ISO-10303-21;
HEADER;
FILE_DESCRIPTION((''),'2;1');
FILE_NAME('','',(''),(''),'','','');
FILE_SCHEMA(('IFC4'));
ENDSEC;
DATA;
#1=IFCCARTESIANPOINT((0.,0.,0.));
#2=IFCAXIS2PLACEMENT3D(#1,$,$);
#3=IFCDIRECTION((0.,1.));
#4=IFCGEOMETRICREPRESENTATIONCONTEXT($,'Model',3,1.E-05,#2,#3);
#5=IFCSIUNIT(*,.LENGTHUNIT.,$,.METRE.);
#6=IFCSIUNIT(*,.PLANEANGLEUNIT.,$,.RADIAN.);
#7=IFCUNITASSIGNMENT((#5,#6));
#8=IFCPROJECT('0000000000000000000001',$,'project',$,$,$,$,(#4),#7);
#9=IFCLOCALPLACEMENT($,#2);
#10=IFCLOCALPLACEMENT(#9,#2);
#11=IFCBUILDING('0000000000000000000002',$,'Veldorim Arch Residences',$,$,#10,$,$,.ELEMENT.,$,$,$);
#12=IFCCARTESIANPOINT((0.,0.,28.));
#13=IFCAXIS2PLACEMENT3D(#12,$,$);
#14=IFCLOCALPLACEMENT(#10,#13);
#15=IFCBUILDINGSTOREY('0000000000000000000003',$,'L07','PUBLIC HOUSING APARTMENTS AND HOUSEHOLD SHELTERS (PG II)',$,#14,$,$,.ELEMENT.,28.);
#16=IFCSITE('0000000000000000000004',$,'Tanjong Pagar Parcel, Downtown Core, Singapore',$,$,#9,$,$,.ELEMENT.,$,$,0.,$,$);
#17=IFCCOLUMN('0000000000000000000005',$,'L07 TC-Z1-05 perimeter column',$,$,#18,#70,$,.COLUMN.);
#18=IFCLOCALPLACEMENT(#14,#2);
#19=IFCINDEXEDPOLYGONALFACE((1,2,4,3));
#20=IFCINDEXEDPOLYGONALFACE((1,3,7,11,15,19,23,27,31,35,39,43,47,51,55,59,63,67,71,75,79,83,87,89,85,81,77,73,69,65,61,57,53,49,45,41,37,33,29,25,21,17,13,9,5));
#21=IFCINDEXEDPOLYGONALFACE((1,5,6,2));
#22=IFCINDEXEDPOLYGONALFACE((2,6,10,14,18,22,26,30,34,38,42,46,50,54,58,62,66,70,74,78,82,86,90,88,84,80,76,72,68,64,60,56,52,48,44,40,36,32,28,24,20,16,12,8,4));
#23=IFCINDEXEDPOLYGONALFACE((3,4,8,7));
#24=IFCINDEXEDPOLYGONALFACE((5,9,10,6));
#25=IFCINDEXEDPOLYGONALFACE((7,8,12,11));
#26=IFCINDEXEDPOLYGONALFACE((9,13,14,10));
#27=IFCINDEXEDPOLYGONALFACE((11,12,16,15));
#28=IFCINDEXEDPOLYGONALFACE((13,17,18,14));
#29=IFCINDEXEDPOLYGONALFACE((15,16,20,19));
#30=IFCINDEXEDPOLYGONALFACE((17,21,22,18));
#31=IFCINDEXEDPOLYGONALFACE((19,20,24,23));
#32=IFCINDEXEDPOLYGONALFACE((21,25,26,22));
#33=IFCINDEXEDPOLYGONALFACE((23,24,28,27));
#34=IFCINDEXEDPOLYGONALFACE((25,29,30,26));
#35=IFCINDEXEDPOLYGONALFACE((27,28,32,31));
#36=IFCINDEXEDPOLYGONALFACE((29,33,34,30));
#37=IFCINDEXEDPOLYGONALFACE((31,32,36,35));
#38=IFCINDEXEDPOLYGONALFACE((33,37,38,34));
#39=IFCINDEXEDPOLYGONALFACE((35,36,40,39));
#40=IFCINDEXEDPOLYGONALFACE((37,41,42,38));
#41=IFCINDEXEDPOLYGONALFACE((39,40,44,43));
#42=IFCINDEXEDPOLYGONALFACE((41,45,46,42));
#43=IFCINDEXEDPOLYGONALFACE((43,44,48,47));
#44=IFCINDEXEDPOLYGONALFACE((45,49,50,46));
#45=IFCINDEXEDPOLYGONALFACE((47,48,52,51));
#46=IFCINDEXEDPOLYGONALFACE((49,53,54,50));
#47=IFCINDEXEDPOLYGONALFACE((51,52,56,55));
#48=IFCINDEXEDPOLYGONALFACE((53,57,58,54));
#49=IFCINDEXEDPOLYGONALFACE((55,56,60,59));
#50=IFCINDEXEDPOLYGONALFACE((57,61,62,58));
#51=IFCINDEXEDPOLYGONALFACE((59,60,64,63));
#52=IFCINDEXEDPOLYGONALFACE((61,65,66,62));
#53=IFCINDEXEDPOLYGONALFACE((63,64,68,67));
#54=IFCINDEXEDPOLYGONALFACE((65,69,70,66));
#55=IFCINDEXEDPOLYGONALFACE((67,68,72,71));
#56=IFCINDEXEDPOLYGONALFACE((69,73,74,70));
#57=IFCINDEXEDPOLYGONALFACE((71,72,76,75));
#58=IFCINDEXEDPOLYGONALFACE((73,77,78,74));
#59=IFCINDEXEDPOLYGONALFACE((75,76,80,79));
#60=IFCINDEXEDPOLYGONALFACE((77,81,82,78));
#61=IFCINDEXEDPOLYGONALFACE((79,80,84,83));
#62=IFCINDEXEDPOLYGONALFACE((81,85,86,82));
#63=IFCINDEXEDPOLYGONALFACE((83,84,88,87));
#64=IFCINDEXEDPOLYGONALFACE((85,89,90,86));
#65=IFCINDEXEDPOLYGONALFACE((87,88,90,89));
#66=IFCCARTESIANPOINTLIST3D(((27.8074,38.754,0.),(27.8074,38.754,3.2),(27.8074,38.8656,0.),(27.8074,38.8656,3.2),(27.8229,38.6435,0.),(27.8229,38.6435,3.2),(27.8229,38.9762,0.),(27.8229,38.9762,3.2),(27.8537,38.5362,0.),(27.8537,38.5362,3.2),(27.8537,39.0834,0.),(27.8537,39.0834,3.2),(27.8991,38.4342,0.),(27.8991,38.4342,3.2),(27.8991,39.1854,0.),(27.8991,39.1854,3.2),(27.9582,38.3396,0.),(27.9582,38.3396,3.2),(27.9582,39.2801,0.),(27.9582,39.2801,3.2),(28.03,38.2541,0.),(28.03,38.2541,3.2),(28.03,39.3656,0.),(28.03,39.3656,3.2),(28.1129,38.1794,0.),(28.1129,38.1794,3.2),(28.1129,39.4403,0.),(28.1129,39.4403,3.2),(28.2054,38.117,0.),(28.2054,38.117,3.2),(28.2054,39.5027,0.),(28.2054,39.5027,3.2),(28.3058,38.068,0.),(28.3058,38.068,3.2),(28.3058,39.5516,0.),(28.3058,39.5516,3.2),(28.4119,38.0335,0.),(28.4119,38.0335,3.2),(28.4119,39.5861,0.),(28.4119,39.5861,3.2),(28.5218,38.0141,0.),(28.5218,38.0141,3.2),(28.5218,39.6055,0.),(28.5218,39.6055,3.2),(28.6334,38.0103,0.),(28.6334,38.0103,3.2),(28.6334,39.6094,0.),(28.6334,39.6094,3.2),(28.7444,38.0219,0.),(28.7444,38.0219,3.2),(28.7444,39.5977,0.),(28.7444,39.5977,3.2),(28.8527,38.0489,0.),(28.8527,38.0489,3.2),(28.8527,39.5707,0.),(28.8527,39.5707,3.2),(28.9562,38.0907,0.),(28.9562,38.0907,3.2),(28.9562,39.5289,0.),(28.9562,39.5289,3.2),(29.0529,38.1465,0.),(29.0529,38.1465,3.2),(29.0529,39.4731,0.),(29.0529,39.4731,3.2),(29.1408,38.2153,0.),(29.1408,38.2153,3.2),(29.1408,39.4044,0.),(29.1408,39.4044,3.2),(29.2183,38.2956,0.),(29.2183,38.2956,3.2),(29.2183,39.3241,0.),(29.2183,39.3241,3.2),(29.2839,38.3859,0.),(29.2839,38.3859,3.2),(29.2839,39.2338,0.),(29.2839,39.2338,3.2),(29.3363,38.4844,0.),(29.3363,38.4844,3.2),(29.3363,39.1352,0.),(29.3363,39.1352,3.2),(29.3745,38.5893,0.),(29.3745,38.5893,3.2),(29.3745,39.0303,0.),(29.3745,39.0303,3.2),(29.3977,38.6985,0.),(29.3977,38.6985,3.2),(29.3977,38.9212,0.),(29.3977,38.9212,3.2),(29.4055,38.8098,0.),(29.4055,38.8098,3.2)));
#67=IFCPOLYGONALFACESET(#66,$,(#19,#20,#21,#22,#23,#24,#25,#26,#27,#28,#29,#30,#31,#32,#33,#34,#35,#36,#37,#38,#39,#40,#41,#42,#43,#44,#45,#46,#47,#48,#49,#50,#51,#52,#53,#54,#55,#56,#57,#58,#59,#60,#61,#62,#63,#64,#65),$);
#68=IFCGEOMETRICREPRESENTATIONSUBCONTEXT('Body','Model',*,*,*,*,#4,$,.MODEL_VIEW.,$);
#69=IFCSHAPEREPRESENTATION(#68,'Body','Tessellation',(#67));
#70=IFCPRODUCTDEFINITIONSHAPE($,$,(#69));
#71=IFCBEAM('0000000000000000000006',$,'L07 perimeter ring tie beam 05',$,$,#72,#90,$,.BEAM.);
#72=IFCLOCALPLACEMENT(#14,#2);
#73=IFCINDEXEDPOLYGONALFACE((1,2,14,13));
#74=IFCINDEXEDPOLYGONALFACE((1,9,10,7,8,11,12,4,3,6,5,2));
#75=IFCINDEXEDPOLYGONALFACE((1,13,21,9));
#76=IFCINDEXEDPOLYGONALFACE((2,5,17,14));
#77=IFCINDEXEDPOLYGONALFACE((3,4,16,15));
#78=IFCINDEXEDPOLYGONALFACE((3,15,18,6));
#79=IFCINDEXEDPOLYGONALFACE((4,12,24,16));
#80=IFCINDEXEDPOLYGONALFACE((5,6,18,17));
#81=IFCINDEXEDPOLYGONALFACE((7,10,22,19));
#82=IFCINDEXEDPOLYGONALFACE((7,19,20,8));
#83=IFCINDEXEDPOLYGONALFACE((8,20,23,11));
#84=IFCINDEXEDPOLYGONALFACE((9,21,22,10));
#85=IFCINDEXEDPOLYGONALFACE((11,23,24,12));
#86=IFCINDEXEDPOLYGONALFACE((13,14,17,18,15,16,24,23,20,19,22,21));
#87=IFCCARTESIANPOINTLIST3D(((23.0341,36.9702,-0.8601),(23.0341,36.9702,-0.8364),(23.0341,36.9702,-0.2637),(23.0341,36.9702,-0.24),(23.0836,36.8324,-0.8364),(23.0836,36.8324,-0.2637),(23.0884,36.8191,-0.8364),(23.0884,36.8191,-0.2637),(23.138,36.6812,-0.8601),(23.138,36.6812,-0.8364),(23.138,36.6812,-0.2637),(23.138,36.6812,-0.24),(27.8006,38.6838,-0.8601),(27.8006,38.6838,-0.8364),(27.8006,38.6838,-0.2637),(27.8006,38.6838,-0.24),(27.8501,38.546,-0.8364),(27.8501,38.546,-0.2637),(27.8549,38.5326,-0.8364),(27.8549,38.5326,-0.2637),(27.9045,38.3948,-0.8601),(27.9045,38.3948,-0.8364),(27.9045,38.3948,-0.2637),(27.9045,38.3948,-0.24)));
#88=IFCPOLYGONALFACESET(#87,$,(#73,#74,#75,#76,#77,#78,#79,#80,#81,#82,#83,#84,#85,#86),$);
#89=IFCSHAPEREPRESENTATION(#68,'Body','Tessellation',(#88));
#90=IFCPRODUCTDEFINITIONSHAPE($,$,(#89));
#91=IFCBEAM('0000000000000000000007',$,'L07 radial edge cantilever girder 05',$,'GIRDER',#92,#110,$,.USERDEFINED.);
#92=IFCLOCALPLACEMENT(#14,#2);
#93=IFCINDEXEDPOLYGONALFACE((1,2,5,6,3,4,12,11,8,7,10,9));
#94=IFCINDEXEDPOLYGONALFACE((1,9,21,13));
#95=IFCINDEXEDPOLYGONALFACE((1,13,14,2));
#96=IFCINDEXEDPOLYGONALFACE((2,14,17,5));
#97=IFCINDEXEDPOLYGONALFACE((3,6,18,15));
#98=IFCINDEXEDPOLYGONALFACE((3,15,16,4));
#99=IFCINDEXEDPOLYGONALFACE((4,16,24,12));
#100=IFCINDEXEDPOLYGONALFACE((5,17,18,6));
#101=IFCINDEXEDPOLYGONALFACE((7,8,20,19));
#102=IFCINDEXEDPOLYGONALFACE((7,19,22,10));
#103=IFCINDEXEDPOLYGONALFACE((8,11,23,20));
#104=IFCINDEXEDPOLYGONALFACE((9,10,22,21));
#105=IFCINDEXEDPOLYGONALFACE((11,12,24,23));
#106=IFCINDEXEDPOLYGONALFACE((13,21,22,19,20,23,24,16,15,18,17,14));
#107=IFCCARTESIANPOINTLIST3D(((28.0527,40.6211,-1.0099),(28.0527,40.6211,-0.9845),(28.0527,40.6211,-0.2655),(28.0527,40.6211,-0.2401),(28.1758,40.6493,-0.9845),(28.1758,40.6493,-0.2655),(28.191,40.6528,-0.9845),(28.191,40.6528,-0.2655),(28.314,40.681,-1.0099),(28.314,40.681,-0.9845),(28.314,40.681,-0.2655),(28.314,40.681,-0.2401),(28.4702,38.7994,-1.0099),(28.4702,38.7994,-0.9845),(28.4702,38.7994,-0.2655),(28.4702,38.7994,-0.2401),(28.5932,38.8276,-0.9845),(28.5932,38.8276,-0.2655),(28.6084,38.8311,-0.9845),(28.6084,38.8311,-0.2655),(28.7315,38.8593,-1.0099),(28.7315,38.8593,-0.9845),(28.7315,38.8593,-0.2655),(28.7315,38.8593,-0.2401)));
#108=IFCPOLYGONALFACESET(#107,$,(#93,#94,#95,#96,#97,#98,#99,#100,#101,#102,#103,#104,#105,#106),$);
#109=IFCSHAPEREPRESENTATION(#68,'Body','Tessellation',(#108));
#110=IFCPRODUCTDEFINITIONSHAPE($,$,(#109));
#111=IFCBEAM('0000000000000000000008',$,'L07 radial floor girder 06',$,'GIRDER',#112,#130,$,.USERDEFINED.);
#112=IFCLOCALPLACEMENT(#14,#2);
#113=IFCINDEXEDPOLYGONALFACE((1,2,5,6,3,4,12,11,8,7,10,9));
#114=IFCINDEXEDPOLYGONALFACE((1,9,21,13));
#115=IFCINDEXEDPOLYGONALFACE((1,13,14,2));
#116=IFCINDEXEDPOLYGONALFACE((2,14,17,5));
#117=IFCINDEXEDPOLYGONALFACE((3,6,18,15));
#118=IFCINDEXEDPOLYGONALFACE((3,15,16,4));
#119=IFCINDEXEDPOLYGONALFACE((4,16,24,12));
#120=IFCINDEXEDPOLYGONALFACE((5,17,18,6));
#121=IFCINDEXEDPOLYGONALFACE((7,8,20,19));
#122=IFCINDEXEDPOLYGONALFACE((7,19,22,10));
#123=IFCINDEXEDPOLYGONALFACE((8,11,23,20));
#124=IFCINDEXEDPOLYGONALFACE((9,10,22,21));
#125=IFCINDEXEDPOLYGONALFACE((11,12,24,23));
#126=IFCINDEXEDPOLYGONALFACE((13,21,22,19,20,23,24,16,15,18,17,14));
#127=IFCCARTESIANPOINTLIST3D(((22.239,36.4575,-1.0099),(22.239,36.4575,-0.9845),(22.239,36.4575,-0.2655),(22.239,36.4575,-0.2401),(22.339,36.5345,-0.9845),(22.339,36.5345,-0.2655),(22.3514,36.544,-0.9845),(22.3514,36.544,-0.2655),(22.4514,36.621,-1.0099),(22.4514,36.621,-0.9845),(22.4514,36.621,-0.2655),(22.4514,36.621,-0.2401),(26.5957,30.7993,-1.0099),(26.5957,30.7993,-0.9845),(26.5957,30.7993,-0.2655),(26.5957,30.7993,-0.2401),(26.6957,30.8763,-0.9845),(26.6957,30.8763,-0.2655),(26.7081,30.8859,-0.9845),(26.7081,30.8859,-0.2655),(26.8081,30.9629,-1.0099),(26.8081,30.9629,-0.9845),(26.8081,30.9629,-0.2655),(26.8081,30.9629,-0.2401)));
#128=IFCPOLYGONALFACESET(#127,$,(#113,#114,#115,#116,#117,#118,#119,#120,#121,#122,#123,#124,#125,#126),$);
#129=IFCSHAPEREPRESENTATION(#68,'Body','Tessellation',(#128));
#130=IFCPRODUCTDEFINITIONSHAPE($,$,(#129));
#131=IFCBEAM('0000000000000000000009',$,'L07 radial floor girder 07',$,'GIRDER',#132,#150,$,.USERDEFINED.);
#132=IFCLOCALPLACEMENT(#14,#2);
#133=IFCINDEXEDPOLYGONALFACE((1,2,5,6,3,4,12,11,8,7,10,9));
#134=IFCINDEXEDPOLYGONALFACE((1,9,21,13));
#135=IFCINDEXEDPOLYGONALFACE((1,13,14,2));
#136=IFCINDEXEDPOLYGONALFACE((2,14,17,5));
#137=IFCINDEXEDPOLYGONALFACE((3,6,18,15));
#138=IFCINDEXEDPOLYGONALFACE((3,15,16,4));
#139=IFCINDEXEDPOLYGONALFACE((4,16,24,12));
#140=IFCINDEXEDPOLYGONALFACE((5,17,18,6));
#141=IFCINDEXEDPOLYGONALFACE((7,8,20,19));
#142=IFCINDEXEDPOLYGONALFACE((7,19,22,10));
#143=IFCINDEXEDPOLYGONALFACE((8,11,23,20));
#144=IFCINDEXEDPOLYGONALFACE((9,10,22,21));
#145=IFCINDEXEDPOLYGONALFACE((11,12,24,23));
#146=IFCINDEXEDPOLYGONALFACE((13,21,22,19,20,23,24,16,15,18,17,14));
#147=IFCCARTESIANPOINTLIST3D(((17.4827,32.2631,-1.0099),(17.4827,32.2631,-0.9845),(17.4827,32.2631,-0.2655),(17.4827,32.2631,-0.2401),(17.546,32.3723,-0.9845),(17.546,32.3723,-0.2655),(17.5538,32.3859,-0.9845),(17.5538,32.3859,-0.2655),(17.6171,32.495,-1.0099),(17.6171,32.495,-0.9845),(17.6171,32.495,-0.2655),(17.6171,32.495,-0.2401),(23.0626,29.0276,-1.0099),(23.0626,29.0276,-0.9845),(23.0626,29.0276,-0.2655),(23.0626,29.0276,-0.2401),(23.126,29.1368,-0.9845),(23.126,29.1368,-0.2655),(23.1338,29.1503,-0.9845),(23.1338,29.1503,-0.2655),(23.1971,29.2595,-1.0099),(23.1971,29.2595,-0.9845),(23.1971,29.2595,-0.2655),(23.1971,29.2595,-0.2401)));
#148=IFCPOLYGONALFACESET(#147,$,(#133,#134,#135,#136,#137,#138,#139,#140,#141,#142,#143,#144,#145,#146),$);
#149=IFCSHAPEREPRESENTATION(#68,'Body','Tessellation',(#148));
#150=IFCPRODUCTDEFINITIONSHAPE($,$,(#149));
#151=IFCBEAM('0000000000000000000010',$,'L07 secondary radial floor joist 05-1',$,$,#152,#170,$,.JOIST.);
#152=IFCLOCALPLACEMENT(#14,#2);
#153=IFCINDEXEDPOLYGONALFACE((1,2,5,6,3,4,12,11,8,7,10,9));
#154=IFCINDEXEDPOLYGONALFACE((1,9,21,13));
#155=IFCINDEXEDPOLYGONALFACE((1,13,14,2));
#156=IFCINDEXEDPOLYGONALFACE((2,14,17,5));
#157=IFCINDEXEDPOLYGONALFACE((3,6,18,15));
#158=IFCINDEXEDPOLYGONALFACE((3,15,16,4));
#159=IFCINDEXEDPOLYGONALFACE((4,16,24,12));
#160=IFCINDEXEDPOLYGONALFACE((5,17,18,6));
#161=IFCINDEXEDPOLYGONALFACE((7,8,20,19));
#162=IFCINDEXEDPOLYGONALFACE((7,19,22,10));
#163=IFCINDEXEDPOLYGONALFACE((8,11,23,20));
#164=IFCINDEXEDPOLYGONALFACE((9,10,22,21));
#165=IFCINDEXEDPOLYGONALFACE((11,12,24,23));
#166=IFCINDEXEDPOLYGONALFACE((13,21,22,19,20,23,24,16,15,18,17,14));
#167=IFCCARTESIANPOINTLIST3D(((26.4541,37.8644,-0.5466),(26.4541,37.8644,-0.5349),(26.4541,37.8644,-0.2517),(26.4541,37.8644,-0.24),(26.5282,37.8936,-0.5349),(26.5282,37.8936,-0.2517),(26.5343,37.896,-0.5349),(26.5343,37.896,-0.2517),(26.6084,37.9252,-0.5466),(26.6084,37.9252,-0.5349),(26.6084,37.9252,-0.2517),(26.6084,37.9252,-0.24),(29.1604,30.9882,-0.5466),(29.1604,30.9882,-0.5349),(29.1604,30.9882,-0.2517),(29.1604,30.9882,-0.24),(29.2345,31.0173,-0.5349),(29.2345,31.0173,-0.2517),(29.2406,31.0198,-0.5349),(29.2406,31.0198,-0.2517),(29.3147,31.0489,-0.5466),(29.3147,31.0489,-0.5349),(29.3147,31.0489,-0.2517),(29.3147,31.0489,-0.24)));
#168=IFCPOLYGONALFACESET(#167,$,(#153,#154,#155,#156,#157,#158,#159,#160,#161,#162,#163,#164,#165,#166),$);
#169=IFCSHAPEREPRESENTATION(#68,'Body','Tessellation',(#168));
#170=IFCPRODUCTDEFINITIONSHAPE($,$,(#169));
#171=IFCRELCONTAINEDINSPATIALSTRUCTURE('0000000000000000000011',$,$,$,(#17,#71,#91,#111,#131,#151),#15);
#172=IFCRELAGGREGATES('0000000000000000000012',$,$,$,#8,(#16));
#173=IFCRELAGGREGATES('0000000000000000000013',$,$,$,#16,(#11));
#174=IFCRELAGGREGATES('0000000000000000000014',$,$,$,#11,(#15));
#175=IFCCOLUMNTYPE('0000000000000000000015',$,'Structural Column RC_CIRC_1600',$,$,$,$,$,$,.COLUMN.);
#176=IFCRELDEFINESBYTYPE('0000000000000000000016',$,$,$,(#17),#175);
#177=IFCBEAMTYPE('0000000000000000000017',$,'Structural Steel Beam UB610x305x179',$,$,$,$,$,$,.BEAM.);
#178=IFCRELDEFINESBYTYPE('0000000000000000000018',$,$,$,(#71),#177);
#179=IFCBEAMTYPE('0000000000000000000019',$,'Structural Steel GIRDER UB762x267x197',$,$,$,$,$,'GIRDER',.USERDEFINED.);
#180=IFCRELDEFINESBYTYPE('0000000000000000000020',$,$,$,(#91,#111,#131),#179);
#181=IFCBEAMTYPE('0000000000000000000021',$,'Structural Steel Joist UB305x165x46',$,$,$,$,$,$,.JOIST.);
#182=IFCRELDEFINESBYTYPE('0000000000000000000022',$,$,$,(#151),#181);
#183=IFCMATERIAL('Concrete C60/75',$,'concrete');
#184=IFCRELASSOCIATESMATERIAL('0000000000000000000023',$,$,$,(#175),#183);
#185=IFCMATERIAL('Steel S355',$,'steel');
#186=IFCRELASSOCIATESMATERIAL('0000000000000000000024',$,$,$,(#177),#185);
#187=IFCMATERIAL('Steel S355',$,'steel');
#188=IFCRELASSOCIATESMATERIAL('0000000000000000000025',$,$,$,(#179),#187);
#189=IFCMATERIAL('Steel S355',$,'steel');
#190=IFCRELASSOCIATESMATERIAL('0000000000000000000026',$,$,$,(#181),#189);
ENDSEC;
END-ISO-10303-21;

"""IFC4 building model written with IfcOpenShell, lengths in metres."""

from ifc_helpers import new_model, si_unit, direction, frame, origin, origin_2d, place, context, subcontext, project, spatial, circle, i_section, extrude, material, material_profile, profile_set, type_object, element, save


model = new_model("IFC4")

# Units and contexts
model_context = context("Model", 3, precision=1e-05, world=origin(), true_north=direction((0.0, 1.0)))
body_context = subcontext(model_context, "Body", "Model", "MODEL_VIEW")
ifc_project = project(units=[si_unit("LENGTHUNIT", "METRE"), si_unit("PLANEANGLEUNIT", "RADIAN")], contexts=[model_context])

# Site, building, storey
site_placement = place(None, origin())
site = spatial("IfcSite", under=ifc_project, at=site_placement, Name="Tanjong Pagar Parcel, Downtown Core, Singapore", CompositionType="ELEMENT", RefElevation=0.0)
building_placement = place(site_placement, origin())
building = spatial("IfcBuilding", under=site, at=building_placement, Name="Veldorim Arch Residences", CompositionType="ELEMENT")
storey_placement = place(building_placement, frame((0.0, 0.0, 28.0)))
storey = spatial("IfcBuildingStorey", under=building, at=storey_placement, Name="L07", Description="PUBLIC HOUSING APARTMENTS AND HOUSEHOLD SHELTERS (PG II)", CompositionType="ELEMENT", Elevation=28.0)

# Column
ifc_material_1 = material(Name="Concrete C60/75", Category="concrete")
ifc_material_profile_1 = material_profile(ifc_material_1, circle(Radius=0.8, at=origin_2d()), Name="RC_CIRC_1600")
ifc_profile_set_1 = profile_set([ifc_material_profile_1], Name="Concrete C60/75")
column_type = type_object("IfcColumnType", Name="Structural Column RC_CIRC_1600", PredefinedType="COLUMN", material=ifc_profile_set_1)
column_placement = place(storey_placement, frame((28.6055, 38.8098, 0.0), z_axis=(0.0, 0.0, 1.0), x_axis=(1.0, 0.0, 0.0)))
element("IfcColumn", 1, at=column_placement, inside=storey, type_object=column_type, Name="L07 TC-Z1-05 perimeter column", PredefinedType="COLUMN", context=body_context, shape_type="SweptSolid", body=[
    extrude(circle(Radius=0.8, at=origin_2d()), origin(), (0.0, 0.0, 1.0), 3.2),
])

# Beams
ifc_material_2 = material(Name="Steel S355", Category="steel")
ifc_material_profile_2 = material_profile(ifc_material_2, i_section(OverallWidth=0.3071, OverallDepth=0.6201, WebThickness=0.0142, FlangeThickness=0.0237, at=origin_2d()), Name="UB610x305x179")
ifc_profile_set_2 = profile_set([ifc_material_profile_2], Name="Steel S355")
beam_type_1 = type_object("IfcBeamType", Name="Structural Steel Beam UB610x305x179", PredefinedType="BEAM", material=ifc_profile_set_2)
beam_1_placement = place(storey_placement, frame((27.8525, 38.5393, -0.55), z_axis=(-0.941035, -0.338308, 0.0), x_axis=(0.338308, -0.941035, 0.0)))
element("IfcBeam", 2, at=beam_1_placement, inside=storey, type_object=beam_type_1, Name="L07 perimeter ring tie beam 05", PredefinedType="BEAM", context=body_context, shape_type="SweptSolid", body=[
    extrude(i_section(OverallWidth=0.3071, OverallDepth=0.6201, WebThickness=0.0142, FlangeThickness=0.0237, at=origin_2d()), origin(), (0.0, 0.0, 1.0), 5.0652),
])
ifc_material_3 = material(Name="Steel S355", Category="steel")
ifc_material_profile_3 = material_profile(ifc_material_3, i_section(OverallWidth=0.2681, OverallDepth=0.7698, WebThickness=0.0156, FlangeThickness=0.0254, at=origin_2d()), Name="UB762x267x197")
ifc_profile_set_3 = profile_set([ifc_material_profile_3], Name="Steel S355")
beam_type_2 = type_object("IfcBeamType", Name="Structural Steel GIRDER UB762x267x197", ElementType="GIRDER", PredefinedType="USERDEFINED", material=ifc_profile_set_3)
beam_2_placement = place(storey_placement, frame((28.6008, 38.8293, -0.625), z_axis=(-0.223371, 0.974734, 0.0), x_axis=(-0.974734, -0.223371, 0.0)))
element("IfcBeam", 3, at=beam_2_placement, inside=storey, type_object=beam_type_2, Name="L07 radial edge cantilever girder 05", ObjectType="GIRDER", PredefinedType="USERDEFINED", context=body_context, shape_type="SweptSolid", body=[
    extrude(i_section(OverallWidth=0.2681, OverallDepth=0.7698, WebThickness=0.0156, FlangeThickness=0.0254, at=origin_2d()), origin(), (0.0, 0.0, 1.0), 1.8689),
])
beam_3_placement = place(storey_placement, frame((26.7019, 30.8811, -0.625), z_axis=(-0.610082, 0.792338, 0.0), x_axis=(-0.792338, -0.610082, 0.0)))
element("IfcBeam", 4, at=beam_3_placement, inside=storey, type_object=beam_type_2, Name="L07 radial floor girder 06", ObjectType="GIRDER", PredefinedType="USERDEFINED", context=body_context, shape_type="SweptSolid", body=[
    extrude(i_section(OverallWidth=0.2681, OverallDepth=0.7698, WebThickness=0.0156, FlangeThickness=0.0254, at=origin_2d()), origin(), (0.0, 0.0, 1.0), 7.1411),
])
beam_4_placement = place(storey_placement, frame((23.1299, 29.1436, -0.625), z_axis=(-0.865088, 0.50162, 0.0), x_axis=(-0.50162, -0.865088, 0.0)))
element("IfcBeam", 5, at=beam_4_placement, inside=storey, type_object=beam_type_2, Name="L07 radial floor girder 07", ObjectType="GIRDER", PredefinedType="USERDEFINED", context=body_context, shape_type="SweptSolid", body=[
    extrude(i_section(OverallWidth=0.2681, OverallDepth=0.7698, WebThickness=0.0156, FlangeThickness=0.0254, at=origin_2d()), origin(), (0.0, 0.0, 1.0), 6.4502),
])
ifc_material_4 = material(Name="Steel S355", Category="steel")
ifc_material_profile_4 = material_profile(ifc_material_4, i_section(OverallWidth=0.1658, OverallDepth=0.3066, WebThickness=0.0066, FlangeThickness=0.0117, at=origin_2d()), Name="UB305x165x46")
ifc_profile_set_4 = profile_set([ifc_material_profile_4], Name="Steel S355")
beam_type_3 = type_object("IfcBeamType", Name="Structural Steel Joist UB305x165x46", PredefinedType="JOIST", material=ifc_profile_set_4)
beam_5_placement = place(storey_placement, frame((29.2375, 31.0186, -0.3933), z_axis=(-0.36623, 0.930524, 0.0), x_axis=(-0.930524, -0.36623, 0.0)))
element("IfcBeam", 6, at=beam_5_placement, inside=storey, type_object=beam_type_3, Name="L07 secondary radial floor joist 05-1", PredefinedType="JOIST", context=body_context, shape_type="SweptSolid", body=[
    extrude(i_section(OverallWidth=0.1658, OverallDepth=0.3066, WebThickness=0.0066, FlangeThickness=0.0117, at=origin_2d()), origin(), (0.0, 0.0, 1.0), 7.3896),
])

save(model, "model.ifc")
